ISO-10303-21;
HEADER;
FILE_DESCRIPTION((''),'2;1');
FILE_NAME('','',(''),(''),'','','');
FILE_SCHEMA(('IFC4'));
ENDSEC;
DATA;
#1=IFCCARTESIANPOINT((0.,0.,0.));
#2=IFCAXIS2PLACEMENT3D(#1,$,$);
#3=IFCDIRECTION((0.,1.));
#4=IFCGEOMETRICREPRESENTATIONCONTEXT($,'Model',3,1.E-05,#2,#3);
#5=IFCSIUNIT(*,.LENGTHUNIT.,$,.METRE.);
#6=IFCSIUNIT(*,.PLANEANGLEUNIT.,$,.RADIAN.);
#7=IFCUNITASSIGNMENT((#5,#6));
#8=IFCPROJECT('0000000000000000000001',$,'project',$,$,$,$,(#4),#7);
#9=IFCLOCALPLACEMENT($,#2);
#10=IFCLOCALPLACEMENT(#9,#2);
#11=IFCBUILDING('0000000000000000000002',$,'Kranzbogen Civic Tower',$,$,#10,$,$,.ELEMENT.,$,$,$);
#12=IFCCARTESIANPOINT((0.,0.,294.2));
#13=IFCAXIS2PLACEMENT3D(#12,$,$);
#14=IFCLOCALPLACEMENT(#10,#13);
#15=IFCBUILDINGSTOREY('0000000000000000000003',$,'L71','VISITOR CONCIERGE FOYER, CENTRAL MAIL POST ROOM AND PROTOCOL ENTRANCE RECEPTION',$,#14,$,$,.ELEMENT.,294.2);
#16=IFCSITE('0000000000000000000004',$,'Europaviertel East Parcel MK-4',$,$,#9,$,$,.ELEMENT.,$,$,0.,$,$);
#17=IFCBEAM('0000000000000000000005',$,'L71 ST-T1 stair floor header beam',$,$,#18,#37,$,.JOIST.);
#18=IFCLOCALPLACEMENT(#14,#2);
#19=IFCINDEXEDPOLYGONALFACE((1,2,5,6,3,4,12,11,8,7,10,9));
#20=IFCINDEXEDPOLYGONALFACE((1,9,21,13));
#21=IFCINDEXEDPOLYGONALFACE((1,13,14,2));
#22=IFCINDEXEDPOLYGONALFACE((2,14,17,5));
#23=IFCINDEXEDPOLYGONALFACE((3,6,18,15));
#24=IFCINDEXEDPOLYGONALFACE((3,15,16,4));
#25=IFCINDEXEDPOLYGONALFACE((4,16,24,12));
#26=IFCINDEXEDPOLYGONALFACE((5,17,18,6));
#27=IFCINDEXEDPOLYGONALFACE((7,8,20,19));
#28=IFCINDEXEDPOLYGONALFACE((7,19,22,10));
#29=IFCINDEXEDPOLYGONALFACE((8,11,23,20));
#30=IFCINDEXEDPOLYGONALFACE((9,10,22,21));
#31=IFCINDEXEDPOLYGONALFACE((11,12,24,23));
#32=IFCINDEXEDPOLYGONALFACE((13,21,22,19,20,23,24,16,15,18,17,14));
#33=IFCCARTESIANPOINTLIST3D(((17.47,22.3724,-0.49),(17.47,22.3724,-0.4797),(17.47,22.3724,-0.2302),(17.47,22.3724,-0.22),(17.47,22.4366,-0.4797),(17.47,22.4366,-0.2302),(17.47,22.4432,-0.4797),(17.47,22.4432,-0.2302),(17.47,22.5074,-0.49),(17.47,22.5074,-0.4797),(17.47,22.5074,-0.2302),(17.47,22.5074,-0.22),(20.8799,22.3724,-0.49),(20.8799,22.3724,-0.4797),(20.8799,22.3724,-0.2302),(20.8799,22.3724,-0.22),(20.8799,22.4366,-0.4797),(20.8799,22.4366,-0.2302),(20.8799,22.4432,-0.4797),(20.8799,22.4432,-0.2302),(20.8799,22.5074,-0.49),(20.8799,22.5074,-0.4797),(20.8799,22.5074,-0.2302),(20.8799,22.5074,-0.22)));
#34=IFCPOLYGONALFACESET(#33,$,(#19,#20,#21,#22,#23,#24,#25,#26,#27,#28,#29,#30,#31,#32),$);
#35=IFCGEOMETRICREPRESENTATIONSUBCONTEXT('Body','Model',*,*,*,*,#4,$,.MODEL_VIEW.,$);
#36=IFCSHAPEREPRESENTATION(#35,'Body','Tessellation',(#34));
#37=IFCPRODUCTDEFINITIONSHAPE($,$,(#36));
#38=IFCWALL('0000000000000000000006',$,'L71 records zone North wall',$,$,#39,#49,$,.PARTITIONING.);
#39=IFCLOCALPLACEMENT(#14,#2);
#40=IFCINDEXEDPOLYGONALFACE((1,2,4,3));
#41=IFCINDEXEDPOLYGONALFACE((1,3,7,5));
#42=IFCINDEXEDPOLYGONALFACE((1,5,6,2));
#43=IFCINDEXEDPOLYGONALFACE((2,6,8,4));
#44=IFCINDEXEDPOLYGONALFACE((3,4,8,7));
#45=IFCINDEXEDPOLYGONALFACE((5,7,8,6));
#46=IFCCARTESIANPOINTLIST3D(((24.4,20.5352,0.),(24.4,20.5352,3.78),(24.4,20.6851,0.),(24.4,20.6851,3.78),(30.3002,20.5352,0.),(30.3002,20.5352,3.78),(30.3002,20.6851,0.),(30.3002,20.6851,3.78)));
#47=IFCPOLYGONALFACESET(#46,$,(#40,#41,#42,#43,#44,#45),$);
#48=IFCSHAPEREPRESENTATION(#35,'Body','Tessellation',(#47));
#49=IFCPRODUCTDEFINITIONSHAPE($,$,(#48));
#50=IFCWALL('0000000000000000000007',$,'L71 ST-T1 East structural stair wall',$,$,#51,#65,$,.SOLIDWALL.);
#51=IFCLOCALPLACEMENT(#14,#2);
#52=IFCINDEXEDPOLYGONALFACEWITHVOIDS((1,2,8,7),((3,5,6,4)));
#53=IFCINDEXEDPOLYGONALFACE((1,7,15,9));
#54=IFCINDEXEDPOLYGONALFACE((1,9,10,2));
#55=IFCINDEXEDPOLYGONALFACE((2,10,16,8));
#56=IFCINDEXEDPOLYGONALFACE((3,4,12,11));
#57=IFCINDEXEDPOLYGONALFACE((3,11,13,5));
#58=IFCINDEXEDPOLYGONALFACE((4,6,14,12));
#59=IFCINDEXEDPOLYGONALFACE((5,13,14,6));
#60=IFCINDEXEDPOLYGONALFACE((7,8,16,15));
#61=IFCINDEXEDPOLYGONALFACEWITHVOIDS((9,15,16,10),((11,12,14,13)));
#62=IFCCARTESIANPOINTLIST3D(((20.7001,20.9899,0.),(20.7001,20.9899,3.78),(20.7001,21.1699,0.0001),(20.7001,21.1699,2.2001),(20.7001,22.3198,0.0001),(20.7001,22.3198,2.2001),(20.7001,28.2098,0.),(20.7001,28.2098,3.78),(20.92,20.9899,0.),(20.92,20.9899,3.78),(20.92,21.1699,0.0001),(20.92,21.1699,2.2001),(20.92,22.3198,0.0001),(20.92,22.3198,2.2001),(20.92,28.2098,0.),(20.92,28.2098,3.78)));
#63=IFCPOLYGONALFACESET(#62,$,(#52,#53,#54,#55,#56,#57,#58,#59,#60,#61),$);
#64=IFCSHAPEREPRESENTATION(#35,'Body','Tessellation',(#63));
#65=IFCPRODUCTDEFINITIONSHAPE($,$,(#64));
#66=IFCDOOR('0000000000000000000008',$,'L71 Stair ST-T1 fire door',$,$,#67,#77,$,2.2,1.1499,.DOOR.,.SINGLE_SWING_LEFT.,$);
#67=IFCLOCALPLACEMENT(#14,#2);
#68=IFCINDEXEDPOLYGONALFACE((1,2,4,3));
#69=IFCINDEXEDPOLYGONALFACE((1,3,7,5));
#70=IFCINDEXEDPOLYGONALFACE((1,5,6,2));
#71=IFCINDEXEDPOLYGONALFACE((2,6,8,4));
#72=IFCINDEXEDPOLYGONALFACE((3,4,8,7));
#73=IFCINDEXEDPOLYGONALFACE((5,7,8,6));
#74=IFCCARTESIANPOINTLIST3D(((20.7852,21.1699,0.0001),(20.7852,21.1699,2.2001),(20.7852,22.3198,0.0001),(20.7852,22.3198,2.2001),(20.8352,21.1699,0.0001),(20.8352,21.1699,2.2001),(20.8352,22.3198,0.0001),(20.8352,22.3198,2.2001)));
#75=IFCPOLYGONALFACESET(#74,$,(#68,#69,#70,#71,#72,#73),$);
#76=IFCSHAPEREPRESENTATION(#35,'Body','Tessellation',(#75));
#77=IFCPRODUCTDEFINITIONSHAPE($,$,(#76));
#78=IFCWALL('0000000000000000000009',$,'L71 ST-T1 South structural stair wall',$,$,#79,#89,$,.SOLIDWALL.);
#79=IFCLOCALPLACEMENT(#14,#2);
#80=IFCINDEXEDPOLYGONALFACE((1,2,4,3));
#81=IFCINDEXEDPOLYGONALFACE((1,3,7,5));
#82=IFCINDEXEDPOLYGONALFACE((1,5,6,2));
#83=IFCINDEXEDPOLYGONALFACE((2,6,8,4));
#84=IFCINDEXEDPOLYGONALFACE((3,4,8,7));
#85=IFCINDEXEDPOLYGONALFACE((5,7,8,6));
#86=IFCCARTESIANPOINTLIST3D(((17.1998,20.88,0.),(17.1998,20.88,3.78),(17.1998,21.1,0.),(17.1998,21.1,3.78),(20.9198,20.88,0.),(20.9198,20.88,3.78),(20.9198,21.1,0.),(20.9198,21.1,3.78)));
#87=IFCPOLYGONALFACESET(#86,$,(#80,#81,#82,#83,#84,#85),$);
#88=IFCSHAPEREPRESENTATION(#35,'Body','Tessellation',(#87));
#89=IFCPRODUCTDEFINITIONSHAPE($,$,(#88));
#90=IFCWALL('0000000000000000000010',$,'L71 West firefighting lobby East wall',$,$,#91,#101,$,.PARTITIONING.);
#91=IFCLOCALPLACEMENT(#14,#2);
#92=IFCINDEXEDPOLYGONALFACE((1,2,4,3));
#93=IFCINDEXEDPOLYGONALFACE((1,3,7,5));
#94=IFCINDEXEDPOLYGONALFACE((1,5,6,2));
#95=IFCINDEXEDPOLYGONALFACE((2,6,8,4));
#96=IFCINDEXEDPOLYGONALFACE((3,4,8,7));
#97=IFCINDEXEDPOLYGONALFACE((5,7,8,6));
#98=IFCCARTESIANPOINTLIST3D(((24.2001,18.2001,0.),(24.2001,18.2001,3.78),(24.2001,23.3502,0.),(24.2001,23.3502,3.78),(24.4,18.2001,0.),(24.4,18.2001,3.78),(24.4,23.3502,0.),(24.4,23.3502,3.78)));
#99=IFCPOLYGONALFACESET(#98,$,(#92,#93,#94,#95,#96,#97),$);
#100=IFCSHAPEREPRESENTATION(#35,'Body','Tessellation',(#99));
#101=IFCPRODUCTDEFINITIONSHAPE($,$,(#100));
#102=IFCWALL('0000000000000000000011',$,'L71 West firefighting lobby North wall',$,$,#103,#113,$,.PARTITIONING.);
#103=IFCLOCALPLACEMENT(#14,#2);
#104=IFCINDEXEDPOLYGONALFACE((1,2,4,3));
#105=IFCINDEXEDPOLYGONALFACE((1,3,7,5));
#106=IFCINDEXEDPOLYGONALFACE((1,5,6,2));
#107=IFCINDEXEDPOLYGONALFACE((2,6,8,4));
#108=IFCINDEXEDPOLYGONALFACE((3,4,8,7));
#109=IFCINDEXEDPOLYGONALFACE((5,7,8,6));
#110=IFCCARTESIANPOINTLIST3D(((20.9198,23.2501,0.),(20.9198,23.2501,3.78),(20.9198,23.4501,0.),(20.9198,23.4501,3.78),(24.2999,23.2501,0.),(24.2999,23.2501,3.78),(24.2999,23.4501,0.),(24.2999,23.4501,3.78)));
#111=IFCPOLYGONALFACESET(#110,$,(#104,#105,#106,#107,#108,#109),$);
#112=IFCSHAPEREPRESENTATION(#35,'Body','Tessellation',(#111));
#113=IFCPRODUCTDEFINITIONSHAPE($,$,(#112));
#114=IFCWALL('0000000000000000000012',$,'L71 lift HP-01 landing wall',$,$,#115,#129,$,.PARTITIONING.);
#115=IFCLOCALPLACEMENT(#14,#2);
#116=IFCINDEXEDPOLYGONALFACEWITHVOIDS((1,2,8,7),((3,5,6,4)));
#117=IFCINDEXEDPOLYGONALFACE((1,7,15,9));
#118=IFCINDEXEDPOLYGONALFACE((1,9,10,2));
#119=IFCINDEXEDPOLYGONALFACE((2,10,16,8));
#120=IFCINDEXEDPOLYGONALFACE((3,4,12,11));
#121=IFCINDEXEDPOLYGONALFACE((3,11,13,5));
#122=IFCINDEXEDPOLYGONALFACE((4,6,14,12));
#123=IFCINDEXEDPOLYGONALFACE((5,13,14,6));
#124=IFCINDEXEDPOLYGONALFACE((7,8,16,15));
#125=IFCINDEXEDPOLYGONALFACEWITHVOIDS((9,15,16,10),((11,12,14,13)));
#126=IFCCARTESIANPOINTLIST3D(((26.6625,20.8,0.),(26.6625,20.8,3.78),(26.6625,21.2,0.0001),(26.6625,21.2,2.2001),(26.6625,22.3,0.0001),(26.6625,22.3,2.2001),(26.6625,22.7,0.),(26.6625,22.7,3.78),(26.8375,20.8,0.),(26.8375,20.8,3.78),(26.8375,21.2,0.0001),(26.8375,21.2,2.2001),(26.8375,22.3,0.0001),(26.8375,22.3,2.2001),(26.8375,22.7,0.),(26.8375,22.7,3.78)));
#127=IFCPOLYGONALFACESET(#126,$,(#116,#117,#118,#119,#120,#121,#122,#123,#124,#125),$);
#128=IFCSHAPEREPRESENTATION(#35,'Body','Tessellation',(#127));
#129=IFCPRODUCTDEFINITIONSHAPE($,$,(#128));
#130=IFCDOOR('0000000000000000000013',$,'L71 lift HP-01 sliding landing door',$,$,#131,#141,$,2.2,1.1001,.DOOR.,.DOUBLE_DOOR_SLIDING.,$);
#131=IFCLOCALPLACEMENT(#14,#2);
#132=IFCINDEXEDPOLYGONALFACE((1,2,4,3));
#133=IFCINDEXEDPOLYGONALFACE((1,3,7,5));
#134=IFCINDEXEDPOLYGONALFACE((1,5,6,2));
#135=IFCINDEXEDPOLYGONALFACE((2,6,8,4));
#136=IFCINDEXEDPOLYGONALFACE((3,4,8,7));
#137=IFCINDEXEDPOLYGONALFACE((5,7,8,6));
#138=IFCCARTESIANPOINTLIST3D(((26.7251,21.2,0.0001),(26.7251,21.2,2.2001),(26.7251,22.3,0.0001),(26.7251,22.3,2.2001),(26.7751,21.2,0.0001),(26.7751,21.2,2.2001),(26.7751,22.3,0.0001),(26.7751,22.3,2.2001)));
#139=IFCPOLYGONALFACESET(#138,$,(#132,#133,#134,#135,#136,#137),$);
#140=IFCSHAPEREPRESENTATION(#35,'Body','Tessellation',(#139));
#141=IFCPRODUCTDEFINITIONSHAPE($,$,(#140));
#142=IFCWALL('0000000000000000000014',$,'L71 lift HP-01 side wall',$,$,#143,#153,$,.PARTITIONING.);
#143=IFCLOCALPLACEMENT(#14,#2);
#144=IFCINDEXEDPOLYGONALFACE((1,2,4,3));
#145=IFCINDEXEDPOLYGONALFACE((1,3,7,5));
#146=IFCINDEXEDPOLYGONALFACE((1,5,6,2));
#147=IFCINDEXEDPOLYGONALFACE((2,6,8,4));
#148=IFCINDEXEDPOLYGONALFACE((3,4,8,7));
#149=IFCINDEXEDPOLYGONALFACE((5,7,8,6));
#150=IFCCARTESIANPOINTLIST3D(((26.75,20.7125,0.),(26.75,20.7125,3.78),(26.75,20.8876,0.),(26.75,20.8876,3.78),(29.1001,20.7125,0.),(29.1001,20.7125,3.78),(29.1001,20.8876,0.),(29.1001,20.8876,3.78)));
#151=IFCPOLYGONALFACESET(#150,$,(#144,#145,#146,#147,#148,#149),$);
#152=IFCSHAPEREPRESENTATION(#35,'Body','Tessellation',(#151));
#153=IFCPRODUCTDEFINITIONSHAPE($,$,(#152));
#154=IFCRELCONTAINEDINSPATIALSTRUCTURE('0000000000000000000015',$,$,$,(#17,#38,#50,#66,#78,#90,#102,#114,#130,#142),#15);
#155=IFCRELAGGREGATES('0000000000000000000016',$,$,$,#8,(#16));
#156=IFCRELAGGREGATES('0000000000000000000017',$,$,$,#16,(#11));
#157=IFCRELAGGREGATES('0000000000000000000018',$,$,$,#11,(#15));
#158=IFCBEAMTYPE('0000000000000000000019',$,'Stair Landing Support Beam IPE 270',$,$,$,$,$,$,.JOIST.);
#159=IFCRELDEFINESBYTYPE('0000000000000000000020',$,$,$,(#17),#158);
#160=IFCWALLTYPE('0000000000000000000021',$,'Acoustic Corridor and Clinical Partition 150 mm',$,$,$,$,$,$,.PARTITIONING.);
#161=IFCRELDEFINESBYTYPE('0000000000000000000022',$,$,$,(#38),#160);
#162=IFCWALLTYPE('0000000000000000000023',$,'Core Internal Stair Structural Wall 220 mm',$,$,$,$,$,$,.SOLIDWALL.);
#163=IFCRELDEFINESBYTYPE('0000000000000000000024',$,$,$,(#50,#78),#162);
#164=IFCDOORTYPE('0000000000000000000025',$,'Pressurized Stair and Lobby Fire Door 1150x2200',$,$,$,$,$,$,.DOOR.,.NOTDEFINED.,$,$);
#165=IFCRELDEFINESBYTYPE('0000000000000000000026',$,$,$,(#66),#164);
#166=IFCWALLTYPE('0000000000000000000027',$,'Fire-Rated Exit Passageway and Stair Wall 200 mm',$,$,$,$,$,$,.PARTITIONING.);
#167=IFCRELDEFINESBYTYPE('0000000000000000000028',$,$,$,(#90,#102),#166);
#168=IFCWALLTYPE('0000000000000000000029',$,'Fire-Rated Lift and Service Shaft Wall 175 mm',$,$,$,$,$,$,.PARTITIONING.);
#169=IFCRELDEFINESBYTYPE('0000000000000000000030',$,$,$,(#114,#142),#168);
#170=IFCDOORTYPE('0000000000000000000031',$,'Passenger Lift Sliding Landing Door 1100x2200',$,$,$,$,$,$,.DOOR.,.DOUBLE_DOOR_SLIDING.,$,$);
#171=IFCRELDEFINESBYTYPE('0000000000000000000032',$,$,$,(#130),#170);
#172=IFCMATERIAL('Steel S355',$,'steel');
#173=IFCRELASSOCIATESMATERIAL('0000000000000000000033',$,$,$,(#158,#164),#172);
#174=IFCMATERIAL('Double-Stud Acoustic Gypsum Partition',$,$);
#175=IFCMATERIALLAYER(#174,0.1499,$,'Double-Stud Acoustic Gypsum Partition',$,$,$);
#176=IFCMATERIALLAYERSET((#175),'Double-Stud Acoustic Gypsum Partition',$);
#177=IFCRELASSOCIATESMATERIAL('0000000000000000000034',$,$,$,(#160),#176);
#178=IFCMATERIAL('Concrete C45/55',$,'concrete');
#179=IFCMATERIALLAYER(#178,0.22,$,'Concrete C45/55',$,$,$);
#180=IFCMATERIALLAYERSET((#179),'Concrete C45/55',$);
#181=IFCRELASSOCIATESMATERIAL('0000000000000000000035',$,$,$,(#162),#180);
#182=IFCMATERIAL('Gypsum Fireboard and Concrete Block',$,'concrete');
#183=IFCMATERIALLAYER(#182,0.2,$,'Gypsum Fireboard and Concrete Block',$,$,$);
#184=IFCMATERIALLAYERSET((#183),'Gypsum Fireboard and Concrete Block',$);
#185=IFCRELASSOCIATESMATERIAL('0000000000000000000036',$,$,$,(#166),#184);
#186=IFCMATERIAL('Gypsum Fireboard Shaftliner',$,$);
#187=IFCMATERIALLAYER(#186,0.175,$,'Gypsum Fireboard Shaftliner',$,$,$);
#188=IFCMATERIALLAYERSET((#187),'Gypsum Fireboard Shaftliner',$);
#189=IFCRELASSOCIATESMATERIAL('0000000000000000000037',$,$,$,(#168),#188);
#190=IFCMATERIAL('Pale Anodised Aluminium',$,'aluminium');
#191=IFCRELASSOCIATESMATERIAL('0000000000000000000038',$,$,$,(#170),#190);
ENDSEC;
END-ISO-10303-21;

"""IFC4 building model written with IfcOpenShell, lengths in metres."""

from ifc_helpers import new_model, si_unit, direction, frame, frame_2d, origin, origin_2d, place, context, subcontext, project, spatial, rectangle, i_section, extrude, material, layer, layer_set, material_profile, profile_set, type_object, element, fill, save


model = new_model("IFC4")

# Units and contexts
model_context = context("Model", 3, precision=1e-05, world=origin(), true_north=direction((0.0, 1.0)))
body_context = subcontext(model_context, "Body", "Model", "MODEL_VIEW")
ifc_project = project(units=[si_unit("LENGTHUNIT", "METRE"), si_unit("PLANEANGLEUNIT", "RADIAN")], contexts=[model_context])

# Site, building, storey
site_placement = place(None, origin())
site = spatial("IfcSite", under=ifc_project, at=site_placement, Name="Europaviertel East Parcel MK-4", CompositionType="ELEMENT", RefElevation=0.0)
building_placement = place(site_placement, origin())
building = spatial("IfcBuilding", under=site, at=building_placement, Name="Kranzbogen Civic Tower", CompositionType="ELEMENT")
storey_placement = place(building_placement, frame((0.0, 0.0, 294.2)))
storey = spatial("IfcBuildingStorey", under=building, at=storey_placement, Name="L71", Description="VISITOR CONCIERGE FOYER, CENTRAL MAIL POST ROOM AND PROTOCOL ENTRANCE RECEPTION", CompositionType="ELEMENT", Elevation=294.2)

# Beam
ifc_material_1 = material(Name="Steel S355", Category="steel")
ifc_material_profile = material_profile(ifc_material_1, i_section(OverallWidth=0.135, OverallDepth=0.27, WebThickness=0.0066, FlangeThickness=0.0103, at=origin_2d()), Name="IPE 270")
ifc_profile_set = profile_set([ifc_material_profile], Name="Steel S355")
beam_type = type_object("IfcBeamType", Name="Stair Landing Support Beam IPE 270", PredefinedType="JOIST", material=ifc_profile_set)
beam_placement = place(storey_placement, frame((20.8799, 22.4399, -0.355), z_axis=(-1.0, 0.0, 0.0), x_axis=(0.0, -1.0, 0.0)))
element("IfcBeam", 1, at=beam_placement, inside=storey, type_object=beam_type, Name="L71 ST-T1 stair floor header beam", PredefinedType="JOIST", context=body_context, shape_type="SweptSolid", body=[
    extrude(i_section(OverallWidth=0.135, OverallDepth=0.27, WebThickness=0.0066, FlangeThickness=0.0103, at=origin_2d()), origin(), (0.0, 0.0, 1.0), 3.4099),
])

# Wall
ifc_material_2 = material(Name="Double-Stud Acoustic Gypsum Partition")
ifc_layer_1 = layer(ifc_material_2, 0.1499, Name="Double-Stud Acoustic Gypsum Partition")
ifc_layer_set_1 = layer_set([ifc_layer_1], Name="Double-Stud Acoustic Gypsum Partition")
wall_type_1 = type_object("IfcWallType", Name="Acoustic Corridor and Clinical Partition 150 mm", PredefinedType="PARTITIONING", material=ifc_layer_set_1)
wall_1_placement = place(storey_placement, frame((24.3999, 20.6101, 0.0), z_axis=(0.0, 0.0, 1.0), x_axis=(1.0, 0.0, 0.0)))
element("IfcWall", 2, at=wall_1_placement, inside=storey, type_object=wall_type_1, Name="L71 records zone North wall", PredefinedType="PARTITIONING", context=body_context, shape_type="SweptSolid", body=[
    extrude(rectangle(XDim=5.9001, YDim=0.1499, at=frame_2d((2.9502, 0.0))), origin(), (0.0, 0.0, 1.0), 3.78),
])

# Wall, opening, door
ifc_material_3 = material(Name="Concrete C45/55", Category="concrete")
ifc_layer_2 = layer(ifc_material_3, 0.22, Name="Concrete C45/55")
ifc_layer_set_2 = layer_set([ifc_layer_2], Name="Concrete C45/55")
wall_type_2 = type_object("IfcWallType", Name="Core Internal Stair Structural Wall 220 mm", PredefinedType="SOLIDWALL", material=ifc_layer_set_2)
wall_2_placement = place(storey_placement, frame((20.8101, 20.99, 0.0), z_axis=(0.0, 0.0, 1.0), x_axis=(0.0, 1.0, 0.0)))
wall_2 = element("IfcWall", 3, at=wall_2_placement, inside=storey, type_object=wall_type_2, Name="L71 ST-T1 East structural stair wall", PredefinedType="SOLIDWALL", context=body_context, shape_type="SweptSolid", body=[
    extrude(rectangle(XDim=7.22, YDim=0.22, at=frame_2d((3.6099, 0.0))), origin(), (0.0, 0.0, 1.0), 3.78),
])
opening_1_placement = place(wall_2_placement, frame((0.1799, 0.0, 0.0)))
opening_1 = element("IfcOpeningElement", 4, at=opening_1_placement, cuts=wall_2, PredefinedType="OPENING", context=body_context, shape_type="SweptSolid", body=[
    extrude(rectangle(XDim=1.1499, YDim=2.2, at=frame_2d((0.575, 1.1001))), frame((0.0, 0.1201, 0.0), z_axis=(0.0, -1.0, 0.0), x_axis=(1.0, 0.0, 0.0)), (0.0, 0.0, 1.0), 0.24),
])
door_type_1 = type_object("IfcDoorType", Name="Pressurized Stair and Lobby Fire Door 1150x2200", OperationType="NOTDEFINED", PredefinedType="DOOR", material=ifc_material_1)
door_1_placement = place(opening_1_placement, origin())
door_1 = element("IfcDoor", 5, at=door_1_placement, inside=storey, type_object=door_type_1, Name="L71 Stair ST-T1 fire door", OperationType="SINGLE_SWING_LEFT", OverallHeight=2.2, OverallWidth=1.1499, PredefinedType="DOOR", context=body_context, shape_type="SweptSolid", body=[
    extrude(rectangle(XDim=1.1499, YDim=2.2, at=frame_2d((0.575, 1.1001))), frame((0.0, 0.0249, 0.0), z_axis=(0.0, -1.0, 0.0), x_axis=(1.0, 0.0, 0.0)), (0.0, 0.0, 1.0), 0.05),
])
fill(opening_1, door_1)

# Walls
wall_3_placement = place(storey_placement, frame((17.2, 20.99, 0.0), z_axis=(0.0, 0.0, 1.0), x_axis=(1.0, 0.0, 0.0)))
element("IfcWall", 6, at=wall_3_placement, inside=storey, type_object=wall_type_2, Name="L71 ST-T1 South structural stair wall", PredefinedType="SOLIDWALL", context=body_context, shape_type="SweptSolid", body=[
    extrude(rectangle(XDim=3.72, YDim=0.22, at=frame_2d((1.8599, 0.0))), origin(), (0.0, 0.0, 1.0), 3.78),
])
ifc_material_4 = material(Name="Gypsum Fireboard and Concrete Block", Category="concrete")
ifc_layer_3 = layer(ifc_material_4, 0.2, Name="Gypsum Fireboard and Concrete Block")
ifc_layer_set_3 = layer_set([ifc_layer_3], Name="Gypsum Fireboard and Concrete Block")
wall_type_3 = type_object("IfcWallType", Name="Fire-Rated Exit Passageway and Stair Wall 200 mm", PredefinedType="PARTITIONING", material=ifc_layer_set_3)
wall_4_placement = place(storey_placement, frame((24.3, 18.2, 0.0), z_axis=(0.0, 0.0, 1.0), x_axis=(0.0, 1.0, 0.0)))
element("IfcWall", 7, at=wall_4_placement, inside=storey, type_object=wall_type_3, Name="L71 West firefighting lobby East wall", PredefinedType="PARTITIONING", context=body_context, shape_type="SweptSolid", body=[
    extrude(rectangle(XDim=5.1501, YDim=0.2, at=frame_2d((2.5752, 0.0))), origin(), (0.0, 0.0, 1.0), 3.78),
])
wall_5_placement = place(storey_placement, frame((20.9199, 23.3501, 0.0), z_axis=(0.0, 0.0, 1.0), x_axis=(1.0, 0.0, 0.0)))
element("IfcWall", 8, at=wall_5_placement, inside=storey, type_object=wall_type_3, Name="L71 West firefighting lobby North wall", PredefinedType="PARTITIONING", context=body_context, shape_type="SweptSolid", body=[
    extrude(rectangle(XDim=3.3801, YDim=0.2, at=frame_2d((1.6899, 0.0))), origin(), (0.0, 0.0, 1.0), 3.78),
])

# Wall, opening, door
ifc_material_5 = material(Name="Gypsum Fireboard Shaftliner")
ifc_layer_4 = layer(ifc_material_5, 0.175, Name="Gypsum Fireboard Shaftliner")
ifc_layer_set_4 = layer_set([ifc_layer_4], Name="Gypsum Fireboard Shaftliner")
wall_type_4 = type_object("IfcWallType", Name="Fire-Rated Lift and Service Shaft Wall 175 mm", PredefinedType="PARTITIONING", material=ifc_layer_set_4)
wall_6_placement = place(storey_placement, frame((26.75, 20.8, 0.0), z_axis=(0.0, 0.0, 1.0), x_axis=(0.0, 1.0, 0.0)))
wall_6 = element("IfcWall", 9, at=wall_6_placement, inside=storey, type_object=wall_type_4, Name="L71 lift HP-01 landing wall", PredefinedType="PARTITIONING", context=body_context, shape_type="SweptSolid", body=[
    extrude(rectangle(XDim=1.8999, YDim=0.175, at=frame_2d((0.95, 0.0))), origin(), (0.0, 0.0, 1.0), 3.78),
])
opening_2_placement = place(wall_6_placement, frame((0.3999, 0.0, 0.0)))
opening_2 = element("IfcOpeningElement", 10, at=opening_2_placement, cuts=wall_6, PredefinedType="OPENING", context=body_context, shape_type="SweptSolid", body=[
    extrude(rectangle(XDim=1.1001, YDim=2.2, at=frame_2d((0.55, 1.1001))), frame((0.0, 0.0977, 0.0), z_axis=(0.0, -1.0, 0.0), x_axis=(1.0, 0.0, 0.0)), (0.0, 0.0, 1.0), 0.1951),
])
ifc_material_6 = material(Name="Pale Anodised Aluminium", Category="aluminium")
door_type_2 = type_object("IfcDoorType", Name="Passenger Lift Sliding Landing Door 1100x2200", OperationType="DOUBLE_DOOR_SLIDING", PredefinedType="DOOR", material=ifc_material_6)
door_2_placement = place(opening_2_placement, origin())
door_2 = element("IfcDoor", 11, at=door_2_placement, inside=storey, type_object=door_type_2, Name="L71 lift HP-01 sliding landing door", OperationType="DOUBLE_DOOR_SLIDING", OverallHeight=2.2, OverallWidth=1.1001, PredefinedType="DOOR", context=body_context, shape_type="SweptSolid", body=[
    extrude(rectangle(XDim=1.1001, YDim=2.2, at=frame_2d((0.55, 1.1001))), frame((0.0, 0.0249, 0.0), z_axis=(0.0, -1.0, 0.0), x_axis=(1.0, 0.0, 0.0)), (0.0, 0.0, 1.0), 0.05),
])
fill(opening_2, door_2)

# Wall
wall_7_placement = place(storey_placement, frame((26.75, 20.8, 0.0), z_axis=(0.0, 0.0, 1.0), x_axis=(1.0, 0.0, 0.0)))
element("IfcWall", 12, at=wall_7_placement, inside=storey, type_object=wall_type_4, Name="L71 lift HP-01 side wall", PredefinedType="PARTITIONING", context=body_context, shape_type="SweptSolid", body=[
    extrude(rectangle(XDim=2.3501, YDim=0.175, at=frame_2d((1.175, 0.0))), origin(), (0.0, 0.0, 1.0), 3.78),
])

save(model, "model.ifc")
